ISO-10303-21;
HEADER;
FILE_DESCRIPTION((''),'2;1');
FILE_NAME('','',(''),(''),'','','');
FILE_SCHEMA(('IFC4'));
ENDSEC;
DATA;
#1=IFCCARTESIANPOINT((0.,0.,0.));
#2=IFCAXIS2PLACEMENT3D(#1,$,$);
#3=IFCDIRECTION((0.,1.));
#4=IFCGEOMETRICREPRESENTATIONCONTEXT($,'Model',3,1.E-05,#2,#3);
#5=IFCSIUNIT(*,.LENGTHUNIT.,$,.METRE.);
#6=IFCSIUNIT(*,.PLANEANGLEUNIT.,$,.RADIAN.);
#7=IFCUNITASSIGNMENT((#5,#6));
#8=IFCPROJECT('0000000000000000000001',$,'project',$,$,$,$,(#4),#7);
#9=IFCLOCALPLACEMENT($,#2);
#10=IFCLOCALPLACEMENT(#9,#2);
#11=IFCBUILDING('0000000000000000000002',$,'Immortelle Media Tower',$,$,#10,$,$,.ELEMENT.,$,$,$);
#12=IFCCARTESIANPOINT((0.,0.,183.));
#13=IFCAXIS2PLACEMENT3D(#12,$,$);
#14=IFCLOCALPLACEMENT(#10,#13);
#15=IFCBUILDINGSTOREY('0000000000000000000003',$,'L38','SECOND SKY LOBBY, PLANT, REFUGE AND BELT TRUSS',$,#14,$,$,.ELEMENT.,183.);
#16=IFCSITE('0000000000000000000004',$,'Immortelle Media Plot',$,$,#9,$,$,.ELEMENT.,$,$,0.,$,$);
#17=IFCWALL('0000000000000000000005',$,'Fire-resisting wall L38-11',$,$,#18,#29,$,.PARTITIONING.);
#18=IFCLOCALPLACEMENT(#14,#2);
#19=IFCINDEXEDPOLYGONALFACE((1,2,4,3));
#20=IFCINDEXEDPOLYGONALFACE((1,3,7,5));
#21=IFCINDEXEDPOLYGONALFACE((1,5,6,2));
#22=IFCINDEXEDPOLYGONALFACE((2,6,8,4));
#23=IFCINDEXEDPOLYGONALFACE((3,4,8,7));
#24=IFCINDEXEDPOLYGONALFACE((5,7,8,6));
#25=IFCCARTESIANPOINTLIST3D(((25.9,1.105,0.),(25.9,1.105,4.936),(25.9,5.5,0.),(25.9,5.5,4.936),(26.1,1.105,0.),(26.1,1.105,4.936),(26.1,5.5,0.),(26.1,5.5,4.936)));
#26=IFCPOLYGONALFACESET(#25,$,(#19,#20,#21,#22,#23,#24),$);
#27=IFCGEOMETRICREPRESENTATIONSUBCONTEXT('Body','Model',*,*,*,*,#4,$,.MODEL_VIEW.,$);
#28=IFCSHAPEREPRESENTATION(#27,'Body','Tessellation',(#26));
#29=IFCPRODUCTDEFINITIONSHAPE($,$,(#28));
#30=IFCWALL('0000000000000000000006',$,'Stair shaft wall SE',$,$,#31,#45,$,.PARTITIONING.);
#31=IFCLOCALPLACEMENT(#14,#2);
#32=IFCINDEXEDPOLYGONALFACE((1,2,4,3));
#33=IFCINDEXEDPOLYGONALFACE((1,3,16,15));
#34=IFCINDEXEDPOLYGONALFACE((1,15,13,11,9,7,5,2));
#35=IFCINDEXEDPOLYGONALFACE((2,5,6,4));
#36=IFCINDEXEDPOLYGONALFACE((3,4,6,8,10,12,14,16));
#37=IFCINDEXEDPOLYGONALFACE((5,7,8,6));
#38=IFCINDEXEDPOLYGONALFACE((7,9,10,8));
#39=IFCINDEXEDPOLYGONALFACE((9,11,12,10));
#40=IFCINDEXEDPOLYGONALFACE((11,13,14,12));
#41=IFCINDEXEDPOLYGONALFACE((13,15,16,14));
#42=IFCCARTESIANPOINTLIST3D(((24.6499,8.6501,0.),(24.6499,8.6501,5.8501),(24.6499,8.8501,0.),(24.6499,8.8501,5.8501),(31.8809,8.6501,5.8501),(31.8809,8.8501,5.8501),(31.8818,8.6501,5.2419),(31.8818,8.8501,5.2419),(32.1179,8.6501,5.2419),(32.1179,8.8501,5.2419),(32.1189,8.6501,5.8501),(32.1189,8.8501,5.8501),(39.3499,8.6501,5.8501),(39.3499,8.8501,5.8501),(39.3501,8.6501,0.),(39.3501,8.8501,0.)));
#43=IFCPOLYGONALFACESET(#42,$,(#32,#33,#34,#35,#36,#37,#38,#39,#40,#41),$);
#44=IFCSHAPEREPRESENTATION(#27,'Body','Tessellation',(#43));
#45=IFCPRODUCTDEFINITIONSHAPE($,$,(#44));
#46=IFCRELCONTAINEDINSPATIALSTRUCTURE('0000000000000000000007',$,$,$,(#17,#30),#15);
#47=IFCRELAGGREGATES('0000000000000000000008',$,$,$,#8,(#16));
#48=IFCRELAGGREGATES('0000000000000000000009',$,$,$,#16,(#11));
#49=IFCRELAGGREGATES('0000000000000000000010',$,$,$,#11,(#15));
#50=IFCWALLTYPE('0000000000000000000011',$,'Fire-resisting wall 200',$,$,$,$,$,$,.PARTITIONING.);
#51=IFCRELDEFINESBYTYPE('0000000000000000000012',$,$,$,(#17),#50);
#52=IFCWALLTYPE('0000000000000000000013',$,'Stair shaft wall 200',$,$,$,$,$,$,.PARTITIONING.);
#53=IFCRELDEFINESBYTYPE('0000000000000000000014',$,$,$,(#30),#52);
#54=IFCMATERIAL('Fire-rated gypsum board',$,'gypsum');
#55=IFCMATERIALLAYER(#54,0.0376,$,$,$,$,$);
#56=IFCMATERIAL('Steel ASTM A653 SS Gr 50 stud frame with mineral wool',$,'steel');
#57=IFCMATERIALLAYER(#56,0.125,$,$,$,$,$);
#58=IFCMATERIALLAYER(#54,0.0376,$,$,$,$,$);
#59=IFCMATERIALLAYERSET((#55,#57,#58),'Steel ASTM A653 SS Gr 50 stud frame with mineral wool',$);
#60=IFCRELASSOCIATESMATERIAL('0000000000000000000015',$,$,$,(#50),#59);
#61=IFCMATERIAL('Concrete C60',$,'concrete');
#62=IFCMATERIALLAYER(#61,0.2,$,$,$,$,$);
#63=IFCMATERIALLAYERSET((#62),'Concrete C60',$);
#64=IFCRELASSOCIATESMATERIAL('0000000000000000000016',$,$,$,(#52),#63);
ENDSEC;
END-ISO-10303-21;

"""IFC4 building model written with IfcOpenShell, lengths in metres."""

from ifc_helpers import new_model, si_unit, direction, frame, frame_2d, origin, place, context, subcontext, project, spatial, polyline, rectangle, outline, extrude, material, layer, layer_set, type_object, element, save


model = new_model("IFC4")

# Units and contexts
model_context = context("Model", 3, precision=1e-05, world=origin(), true_north=direction((0.0, 1.0)))
body_context = subcontext(model_context, "Body", "Model", "MODEL_VIEW")
ifc_project = project(units=[si_unit("LENGTHUNIT", "METRE"), si_unit("PLANEANGLEUNIT", "RADIAN")], contexts=[model_context])

# Site, building, storey
site_placement = place(None, origin())
site = spatial("IfcSite", under=ifc_project, at=site_placement, Name="Immortelle Media Plot", CompositionType="ELEMENT", RefElevation=0.0)
building_placement = place(site_placement, origin())
building = spatial("IfcBuilding", under=site, at=building_placement, Name="Immortelle Media Tower", CompositionType="ELEMENT")
storey_placement = place(building_placement, frame((0.0, 0.0, 183.0)))
storey = spatial("IfcBuildingStorey", under=building, at=storey_placement, Name="L38", Description="SECOND SKY LOBBY, PLANT, REFUGE AND BELT TRUSS", CompositionType="ELEMENT", Elevation=183.0)

# Walls
ifc_material_1 = material(Name="Fire-rated gypsum board", Category="gypsum")
ifc_material_2 = material(Name="Steel ASTM A653 SS Gr 50 stud frame with mineral wool", Category="steel")
ifc_layer_1 = layer(ifc_material_1, 0.0376)
ifc_layer_2 = layer(ifc_material_2, 0.125)
ifc_layer_3 = layer(ifc_material_1, 0.0376)
ifc_layer_set_1 = layer_set([ifc_layer_1, ifc_layer_2, ifc_layer_3], Name="Steel ASTM A653 SS Gr 50 stud frame with mineral wool")
wall_type_1 = type_object("IfcWallType", Name="Fire-resisting wall 200", PredefinedType="PARTITIONING", material=ifc_layer_set_1)
wall_1_placement = place(storey_placement, frame((26.0, 1.105, 0.0), z_axis=(0.0, 0.0, 1.0), x_axis=(0.0, 1.0, 0.0)))
element("IfcWall", 1, at=wall_1_placement, inside=storey, type_object=wall_type_1, Name="Fire-resisting wall L38-11", PredefinedType="PARTITIONING", context=body_context, shape_type="SweptSolid", body=[
    extrude(rectangle(XDim=4.395, YDim=0.2, at=frame_2d((2.1975, 0.0))), origin(), (0.0, 0.0, 1.0), 4.936),
])
ifc_material_3 = material(Name="Concrete C60", Category="concrete")
ifc_layer_4 = layer(ifc_material_3, 0.2)
ifc_layer_set_2 = layer_set([ifc_layer_4], Name="Concrete C60")
wall_type_2 = type_object("IfcWallType", Name="Stair shaft wall 200", PredefinedType="PARTITIONING", material=ifc_layer_set_2)
wall_2_placement = place(storey_placement, frame((24.6499, 8.75, 0.0), z_axis=(0.0, 0.0, 1.0), x_axis=(1.0, 0.0, 0.0)))
element("IfcWall", 2, at=wall_2_placement, inside=storey, type_object=wall_type_2, Name="Stair shaft wall SE", PredefinedType="PARTITIONING", context=body_context, shape_type="SweptSolid", body=[
    extrude(outline(polyline([(0.0, 0.0), (14.7002, 0.0), (14.7, 5.8501), (7.469, 5.8501), (7.468, 5.2419), (7.2319, 5.2419), (7.231, 5.8501), (0.0, 5.8501), (0.0, 0.0)])), frame((0.0, 0.1001, 0.0), z_axis=(0.0, -1.0, 0.0), x_axis=(1.0, 0.0, 0.0)), (0.0, 0.0, 1.0), 0.2),
])

save(model, "model.ifc")
